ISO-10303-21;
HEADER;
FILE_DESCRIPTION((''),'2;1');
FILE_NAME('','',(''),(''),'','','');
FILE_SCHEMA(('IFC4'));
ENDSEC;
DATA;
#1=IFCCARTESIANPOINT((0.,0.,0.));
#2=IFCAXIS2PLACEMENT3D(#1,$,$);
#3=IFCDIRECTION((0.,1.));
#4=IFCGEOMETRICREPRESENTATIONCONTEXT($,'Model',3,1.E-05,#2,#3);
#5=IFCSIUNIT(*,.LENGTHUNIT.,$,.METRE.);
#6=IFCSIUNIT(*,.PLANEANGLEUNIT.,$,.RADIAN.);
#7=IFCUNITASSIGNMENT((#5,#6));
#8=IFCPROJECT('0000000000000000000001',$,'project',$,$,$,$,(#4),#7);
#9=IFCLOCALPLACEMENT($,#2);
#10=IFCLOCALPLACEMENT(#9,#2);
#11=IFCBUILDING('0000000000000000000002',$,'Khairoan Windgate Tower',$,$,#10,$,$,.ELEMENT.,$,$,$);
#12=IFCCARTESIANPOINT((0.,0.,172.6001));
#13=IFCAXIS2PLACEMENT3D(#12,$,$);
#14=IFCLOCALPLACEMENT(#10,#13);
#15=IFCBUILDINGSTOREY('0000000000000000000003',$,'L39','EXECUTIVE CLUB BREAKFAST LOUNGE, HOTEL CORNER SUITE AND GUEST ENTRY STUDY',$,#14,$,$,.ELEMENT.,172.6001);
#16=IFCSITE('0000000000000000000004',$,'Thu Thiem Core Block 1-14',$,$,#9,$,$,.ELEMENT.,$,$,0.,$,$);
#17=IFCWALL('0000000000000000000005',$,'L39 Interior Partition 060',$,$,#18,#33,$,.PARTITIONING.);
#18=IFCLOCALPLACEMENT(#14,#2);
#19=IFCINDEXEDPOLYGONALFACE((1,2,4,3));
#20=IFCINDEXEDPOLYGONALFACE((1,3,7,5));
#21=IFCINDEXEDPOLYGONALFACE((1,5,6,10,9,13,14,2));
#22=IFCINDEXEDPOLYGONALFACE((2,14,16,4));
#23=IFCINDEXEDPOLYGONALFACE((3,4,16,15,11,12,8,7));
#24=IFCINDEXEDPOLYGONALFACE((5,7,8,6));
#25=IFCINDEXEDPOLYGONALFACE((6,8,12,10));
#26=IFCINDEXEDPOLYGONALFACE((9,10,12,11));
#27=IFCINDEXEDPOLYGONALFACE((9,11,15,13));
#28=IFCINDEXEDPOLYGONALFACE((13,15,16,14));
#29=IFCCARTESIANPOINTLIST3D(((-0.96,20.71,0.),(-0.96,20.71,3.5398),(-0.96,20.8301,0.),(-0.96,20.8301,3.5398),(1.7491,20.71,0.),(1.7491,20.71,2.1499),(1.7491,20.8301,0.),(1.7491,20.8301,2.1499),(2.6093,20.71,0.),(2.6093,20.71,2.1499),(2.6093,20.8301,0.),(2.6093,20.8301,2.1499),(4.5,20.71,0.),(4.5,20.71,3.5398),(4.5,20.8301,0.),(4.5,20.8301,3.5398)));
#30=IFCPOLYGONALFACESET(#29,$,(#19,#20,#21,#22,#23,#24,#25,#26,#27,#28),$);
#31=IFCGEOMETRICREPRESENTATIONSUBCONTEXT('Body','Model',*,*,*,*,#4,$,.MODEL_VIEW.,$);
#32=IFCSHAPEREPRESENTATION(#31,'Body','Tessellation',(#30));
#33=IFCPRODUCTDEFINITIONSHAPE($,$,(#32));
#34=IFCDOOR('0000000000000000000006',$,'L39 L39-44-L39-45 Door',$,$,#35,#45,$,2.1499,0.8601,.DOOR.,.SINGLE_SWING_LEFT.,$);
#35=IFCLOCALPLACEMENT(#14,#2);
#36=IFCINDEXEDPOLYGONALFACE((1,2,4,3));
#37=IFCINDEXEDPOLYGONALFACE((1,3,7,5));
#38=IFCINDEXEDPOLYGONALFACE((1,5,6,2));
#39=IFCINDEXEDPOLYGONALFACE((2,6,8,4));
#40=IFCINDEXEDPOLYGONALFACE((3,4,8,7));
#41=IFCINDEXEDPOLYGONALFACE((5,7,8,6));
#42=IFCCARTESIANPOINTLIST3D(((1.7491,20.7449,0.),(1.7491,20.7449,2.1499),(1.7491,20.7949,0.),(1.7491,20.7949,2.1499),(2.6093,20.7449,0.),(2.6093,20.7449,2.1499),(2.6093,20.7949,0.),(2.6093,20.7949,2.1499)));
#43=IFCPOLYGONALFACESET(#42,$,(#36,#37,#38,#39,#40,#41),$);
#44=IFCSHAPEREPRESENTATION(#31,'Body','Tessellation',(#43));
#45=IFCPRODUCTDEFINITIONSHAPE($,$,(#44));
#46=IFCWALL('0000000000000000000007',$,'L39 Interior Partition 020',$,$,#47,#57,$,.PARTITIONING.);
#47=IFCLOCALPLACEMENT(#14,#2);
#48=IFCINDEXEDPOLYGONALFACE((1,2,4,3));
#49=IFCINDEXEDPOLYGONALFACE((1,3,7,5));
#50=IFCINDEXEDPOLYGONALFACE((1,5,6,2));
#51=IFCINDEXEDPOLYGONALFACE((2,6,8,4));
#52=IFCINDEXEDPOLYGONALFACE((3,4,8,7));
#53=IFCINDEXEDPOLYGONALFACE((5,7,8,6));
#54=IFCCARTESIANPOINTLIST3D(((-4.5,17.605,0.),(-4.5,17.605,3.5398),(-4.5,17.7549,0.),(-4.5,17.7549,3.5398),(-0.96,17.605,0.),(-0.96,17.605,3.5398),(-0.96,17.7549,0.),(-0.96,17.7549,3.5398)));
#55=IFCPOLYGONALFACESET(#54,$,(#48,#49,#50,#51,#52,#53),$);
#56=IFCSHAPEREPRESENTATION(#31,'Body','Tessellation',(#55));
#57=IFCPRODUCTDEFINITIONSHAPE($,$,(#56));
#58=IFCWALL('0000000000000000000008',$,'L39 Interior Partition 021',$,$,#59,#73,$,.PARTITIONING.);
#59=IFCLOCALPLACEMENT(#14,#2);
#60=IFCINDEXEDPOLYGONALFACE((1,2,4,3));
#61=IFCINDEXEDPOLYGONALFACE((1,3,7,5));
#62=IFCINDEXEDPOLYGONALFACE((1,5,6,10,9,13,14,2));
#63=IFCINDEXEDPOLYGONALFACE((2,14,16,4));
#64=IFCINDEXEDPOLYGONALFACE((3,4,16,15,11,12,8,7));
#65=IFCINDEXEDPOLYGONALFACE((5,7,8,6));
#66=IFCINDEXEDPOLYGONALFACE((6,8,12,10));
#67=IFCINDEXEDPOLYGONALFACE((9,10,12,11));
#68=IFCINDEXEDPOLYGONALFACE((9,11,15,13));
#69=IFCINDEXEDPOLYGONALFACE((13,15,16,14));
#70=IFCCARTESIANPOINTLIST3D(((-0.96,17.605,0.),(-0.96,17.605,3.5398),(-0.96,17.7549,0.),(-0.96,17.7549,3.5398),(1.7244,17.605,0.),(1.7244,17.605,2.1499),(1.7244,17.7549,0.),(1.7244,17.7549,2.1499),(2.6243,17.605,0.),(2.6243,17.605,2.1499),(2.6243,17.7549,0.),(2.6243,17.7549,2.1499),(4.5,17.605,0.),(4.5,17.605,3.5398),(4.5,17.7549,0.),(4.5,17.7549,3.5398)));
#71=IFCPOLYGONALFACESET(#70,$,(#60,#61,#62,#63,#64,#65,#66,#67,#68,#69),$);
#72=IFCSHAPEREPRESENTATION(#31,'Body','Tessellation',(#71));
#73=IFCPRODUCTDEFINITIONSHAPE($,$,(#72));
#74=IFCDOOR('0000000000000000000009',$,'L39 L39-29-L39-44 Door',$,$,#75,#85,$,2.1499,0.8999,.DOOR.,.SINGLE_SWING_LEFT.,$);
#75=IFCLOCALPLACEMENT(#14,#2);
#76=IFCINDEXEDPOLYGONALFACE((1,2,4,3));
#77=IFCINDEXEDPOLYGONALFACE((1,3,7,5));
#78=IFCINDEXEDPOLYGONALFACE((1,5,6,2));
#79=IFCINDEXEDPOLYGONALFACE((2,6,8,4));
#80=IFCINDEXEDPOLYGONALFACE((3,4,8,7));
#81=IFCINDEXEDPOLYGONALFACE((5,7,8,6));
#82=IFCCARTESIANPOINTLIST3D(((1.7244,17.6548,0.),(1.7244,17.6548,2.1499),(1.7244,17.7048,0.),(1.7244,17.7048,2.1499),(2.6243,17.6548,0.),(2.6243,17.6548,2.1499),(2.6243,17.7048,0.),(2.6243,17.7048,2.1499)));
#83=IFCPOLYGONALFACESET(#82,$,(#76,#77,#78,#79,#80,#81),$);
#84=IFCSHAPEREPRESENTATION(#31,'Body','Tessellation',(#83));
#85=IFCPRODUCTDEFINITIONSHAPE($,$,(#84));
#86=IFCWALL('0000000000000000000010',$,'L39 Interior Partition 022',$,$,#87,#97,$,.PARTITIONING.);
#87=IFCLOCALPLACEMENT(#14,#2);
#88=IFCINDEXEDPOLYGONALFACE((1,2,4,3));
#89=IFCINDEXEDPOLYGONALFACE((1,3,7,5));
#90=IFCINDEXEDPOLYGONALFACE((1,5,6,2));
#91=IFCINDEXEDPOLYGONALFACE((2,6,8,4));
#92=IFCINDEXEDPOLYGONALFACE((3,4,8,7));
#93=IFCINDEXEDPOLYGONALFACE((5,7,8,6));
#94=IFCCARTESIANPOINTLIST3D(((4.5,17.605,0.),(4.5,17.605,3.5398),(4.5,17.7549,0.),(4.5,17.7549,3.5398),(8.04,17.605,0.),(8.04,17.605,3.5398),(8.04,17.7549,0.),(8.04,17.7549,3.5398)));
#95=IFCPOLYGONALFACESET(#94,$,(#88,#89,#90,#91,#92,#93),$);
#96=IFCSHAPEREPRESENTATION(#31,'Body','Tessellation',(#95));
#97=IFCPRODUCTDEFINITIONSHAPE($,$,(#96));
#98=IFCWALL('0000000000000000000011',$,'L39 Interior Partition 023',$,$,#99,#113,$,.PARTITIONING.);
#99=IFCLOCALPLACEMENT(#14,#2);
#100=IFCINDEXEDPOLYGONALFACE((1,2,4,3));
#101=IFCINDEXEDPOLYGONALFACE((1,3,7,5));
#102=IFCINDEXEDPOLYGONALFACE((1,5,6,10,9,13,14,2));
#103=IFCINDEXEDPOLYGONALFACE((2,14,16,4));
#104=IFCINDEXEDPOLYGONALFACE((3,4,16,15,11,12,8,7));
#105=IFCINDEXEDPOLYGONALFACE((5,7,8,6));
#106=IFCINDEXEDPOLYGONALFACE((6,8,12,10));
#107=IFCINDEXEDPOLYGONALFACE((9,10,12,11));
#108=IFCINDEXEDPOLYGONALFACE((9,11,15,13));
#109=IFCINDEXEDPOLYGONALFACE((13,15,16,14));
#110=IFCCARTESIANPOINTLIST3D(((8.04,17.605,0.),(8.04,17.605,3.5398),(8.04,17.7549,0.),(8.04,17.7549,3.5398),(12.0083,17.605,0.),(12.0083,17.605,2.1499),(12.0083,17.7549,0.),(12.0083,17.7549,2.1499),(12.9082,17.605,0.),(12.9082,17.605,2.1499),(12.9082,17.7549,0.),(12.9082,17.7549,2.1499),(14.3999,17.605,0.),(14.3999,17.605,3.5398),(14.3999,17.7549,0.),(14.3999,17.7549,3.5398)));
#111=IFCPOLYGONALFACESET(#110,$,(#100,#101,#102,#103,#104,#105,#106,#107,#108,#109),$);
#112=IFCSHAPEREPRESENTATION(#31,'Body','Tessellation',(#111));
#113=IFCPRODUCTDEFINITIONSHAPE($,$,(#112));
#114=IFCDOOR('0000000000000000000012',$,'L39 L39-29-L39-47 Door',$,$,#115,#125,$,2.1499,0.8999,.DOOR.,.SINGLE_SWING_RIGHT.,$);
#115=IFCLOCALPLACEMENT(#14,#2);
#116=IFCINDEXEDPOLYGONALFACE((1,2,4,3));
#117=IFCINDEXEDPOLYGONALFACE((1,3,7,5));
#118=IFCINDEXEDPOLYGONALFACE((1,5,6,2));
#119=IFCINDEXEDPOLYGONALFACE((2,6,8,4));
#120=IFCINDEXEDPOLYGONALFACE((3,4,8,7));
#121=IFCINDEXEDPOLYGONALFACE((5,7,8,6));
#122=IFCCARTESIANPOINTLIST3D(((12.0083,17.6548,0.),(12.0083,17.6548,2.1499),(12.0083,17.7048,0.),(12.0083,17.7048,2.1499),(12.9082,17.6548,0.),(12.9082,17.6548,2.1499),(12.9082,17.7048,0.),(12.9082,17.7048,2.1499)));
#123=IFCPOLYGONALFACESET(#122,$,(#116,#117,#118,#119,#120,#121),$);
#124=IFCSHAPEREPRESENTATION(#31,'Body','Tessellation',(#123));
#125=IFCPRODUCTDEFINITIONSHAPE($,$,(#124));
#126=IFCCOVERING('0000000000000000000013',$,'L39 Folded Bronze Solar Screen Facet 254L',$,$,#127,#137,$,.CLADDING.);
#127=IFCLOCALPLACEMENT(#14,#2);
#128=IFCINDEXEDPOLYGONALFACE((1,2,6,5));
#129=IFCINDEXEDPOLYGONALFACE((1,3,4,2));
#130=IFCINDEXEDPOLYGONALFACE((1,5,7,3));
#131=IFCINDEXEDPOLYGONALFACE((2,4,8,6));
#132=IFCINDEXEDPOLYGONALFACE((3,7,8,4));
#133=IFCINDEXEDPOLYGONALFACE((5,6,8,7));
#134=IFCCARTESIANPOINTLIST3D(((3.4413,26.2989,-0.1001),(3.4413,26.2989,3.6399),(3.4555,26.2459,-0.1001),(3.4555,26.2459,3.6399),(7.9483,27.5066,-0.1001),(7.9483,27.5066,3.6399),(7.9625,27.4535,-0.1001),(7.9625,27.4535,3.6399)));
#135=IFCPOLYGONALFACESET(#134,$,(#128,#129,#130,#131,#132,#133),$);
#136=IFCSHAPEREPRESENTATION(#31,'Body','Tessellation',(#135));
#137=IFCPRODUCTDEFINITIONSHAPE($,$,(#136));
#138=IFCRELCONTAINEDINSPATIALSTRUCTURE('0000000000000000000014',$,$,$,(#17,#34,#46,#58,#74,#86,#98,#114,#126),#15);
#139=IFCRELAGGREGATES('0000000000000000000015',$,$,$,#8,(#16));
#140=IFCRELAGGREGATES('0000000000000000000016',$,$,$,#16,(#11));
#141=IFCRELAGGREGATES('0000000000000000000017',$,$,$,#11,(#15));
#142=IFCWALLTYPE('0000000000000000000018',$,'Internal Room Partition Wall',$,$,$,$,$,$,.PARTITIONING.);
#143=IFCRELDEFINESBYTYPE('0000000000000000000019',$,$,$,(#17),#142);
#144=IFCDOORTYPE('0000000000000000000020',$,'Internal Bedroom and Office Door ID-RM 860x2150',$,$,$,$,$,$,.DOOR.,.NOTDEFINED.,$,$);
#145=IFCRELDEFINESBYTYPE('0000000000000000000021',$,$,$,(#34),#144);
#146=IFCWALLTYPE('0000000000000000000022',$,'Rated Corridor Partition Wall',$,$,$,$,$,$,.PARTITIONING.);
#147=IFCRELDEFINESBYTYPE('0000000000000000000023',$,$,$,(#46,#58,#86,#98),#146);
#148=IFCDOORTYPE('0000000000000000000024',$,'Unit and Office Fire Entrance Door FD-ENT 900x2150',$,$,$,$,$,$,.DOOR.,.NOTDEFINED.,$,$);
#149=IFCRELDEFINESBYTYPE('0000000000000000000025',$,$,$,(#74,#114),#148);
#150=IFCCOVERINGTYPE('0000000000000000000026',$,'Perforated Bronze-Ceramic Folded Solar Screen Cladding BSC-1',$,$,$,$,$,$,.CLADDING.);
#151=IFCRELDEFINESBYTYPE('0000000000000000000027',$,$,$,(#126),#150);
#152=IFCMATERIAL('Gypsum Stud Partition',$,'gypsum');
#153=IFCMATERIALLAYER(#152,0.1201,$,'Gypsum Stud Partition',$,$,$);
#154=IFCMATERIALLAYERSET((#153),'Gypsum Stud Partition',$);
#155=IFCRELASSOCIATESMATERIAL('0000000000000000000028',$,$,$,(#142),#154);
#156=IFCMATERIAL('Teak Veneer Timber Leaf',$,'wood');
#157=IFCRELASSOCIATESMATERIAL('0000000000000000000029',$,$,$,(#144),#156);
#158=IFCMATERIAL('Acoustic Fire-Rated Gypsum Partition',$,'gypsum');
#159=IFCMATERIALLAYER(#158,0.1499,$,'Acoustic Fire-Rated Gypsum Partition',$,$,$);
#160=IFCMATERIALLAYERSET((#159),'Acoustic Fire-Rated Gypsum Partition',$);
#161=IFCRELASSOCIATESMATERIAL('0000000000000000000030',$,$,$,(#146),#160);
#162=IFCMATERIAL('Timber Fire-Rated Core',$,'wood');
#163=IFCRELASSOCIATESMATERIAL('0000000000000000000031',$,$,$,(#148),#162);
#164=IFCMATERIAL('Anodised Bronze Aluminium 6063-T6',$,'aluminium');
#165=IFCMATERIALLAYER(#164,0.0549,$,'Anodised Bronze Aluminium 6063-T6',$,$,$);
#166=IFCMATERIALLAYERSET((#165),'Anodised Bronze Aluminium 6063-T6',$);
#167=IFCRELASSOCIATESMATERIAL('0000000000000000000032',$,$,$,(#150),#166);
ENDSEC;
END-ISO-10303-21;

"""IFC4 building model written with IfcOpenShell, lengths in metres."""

from ifc_helpers import new_model, si_unit, direction, frame, frame_2d, origin, origin_2d, place, context, subcontext, project, spatial, rectangle, extrude, material, layer, layer_set, type_object, element, fill, save


model = new_model("IFC4")

# Units and contexts
model_context = context("Model", 3, precision=1e-05, world=origin(), true_north=direction((0.0, 1.0)))
body_context = subcontext(model_context, "Body", "Model", "MODEL_VIEW")
ifc_project = project(units=[si_unit("LENGTHUNIT", "METRE"), si_unit("PLANEANGLEUNIT", "RADIAN")], contexts=[model_context])

# Site, building, storey
site_placement = place(None, origin())
site = spatial("IfcSite", under=ifc_project, at=site_placement, Name="Thu Thiem Core Block 1-14", CompositionType="ELEMENT", RefElevation=0.0)
building_placement = place(site_placement, origin())
building = spatial("IfcBuilding", under=site, at=building_placement, Name="Khairoan Windgate Tower", CompositionType="ELEMENT")
storey_placement = place(building_placement, frame((0.0, 0.0, 172.6001)))
storey = spatial("IfcBuildingStorey", under=building, at=storey_placement, Name="L39", Description="EXECUTIVE CLUB BREAKFAST LOUNGE, HOTEL CORNER SUITE AND GUEST ENTRY STUDY", CompositionType="ELEMENT", Elevation=172.6001)

# Wall, opening, door
ifc_material_1 = material(Name="Gypsum Stud Partition", Category="gypsum")
ifc_layer_1 = layer(ifc_material_1, 0.1201, Name="Gypsum Stud Partition")
ifc_layer_set_1 = layer_set([ifc_layer_1], Name="Gypsum Stud Partition")
wall_type_1 = type_object("IfcWallType", Name="Internal Room Partition Wall", PredefinedType="PARTITIONING", material=ifc_layer_set_1)
wall_1_placement = place(storey_placement, frame((-0.96, 20.77, 0.0), z_axis=(0.0, 0.0, 1.0), x_axis=(1.0, 0.0, 0.0)))
wall_1 = element("IfcWall", 1, at=wall_1_placement, inside=storey, type_object=wall_type_1, Name="L39 Interior Partition 060", PredefinedType="PARTITIONING", context=body_context, shape_type="SweptSolid", body=[
    extrude(rectangle(XDim=5.46, YDim=0.1201, at=frame_2d((2.73, 0.0))), origin(), (0.0, 0.0, 1.0), 3.5398),
])
opening_1_placement = place(wall_1_placement, frame((2.709, 0.0, 0.0)))
opening_1 = element("IfcOpeningElement", 2, at=opening_1_placement, cuts=wall_1, PredefinedType="OPENING", context=body_context, shape_type="SweptSolid", body=[
    extrude(rectangle(XDim=0.8601, YDim=2.1499, at=frame_2d((0.4302, 1.075))), frame((0.0, 0.0701, 0.0), z_axis=(0.0, -1.0, 0.0), x_axis=(1.0, 0.0, 0.0)), (0.0, 0.0, 1.0), 0.1401),
])
ifc_material_2 = material(Name="Teak Veneer Timber Leaf", Category="wood")
door_type_1 = type_object("IfcDoorType", Name="Internal Bedroom and Office Door ID-RM 860x2150", OperationType="NOTDEFINED", PredefinedType="DOOR", material=ifc_material_2)
door_1_placement = place(opening_1_placement, origin())
door_1 = element("IfcDoor", 3, at=door_1_placement, inside=storey, type_object=door_type_1, Name="L39 L39-44-L39-45 Door", OperationType="SINGLE_SWING_LEFT", OverallHeight=2.1499, OverallWidth=0.8601, PredefinedType="DOOR", context=body_context, shape_type="SweptSolid", body=[
    extrude(rectangle(XDim=0.8601, YDim=2.1499, at=frame_2d((0.4302, 1.075))), frame((0.0, 0.0249, 0.0), z_axis=(0.0, -1.0, 0.0), x_axis=(1.0, 0.0, 0.0)), (0.0, 0.0, 1.0), 0.05),
])
fill(opening_1, door_1)

# Wall
ifc_material_3 = material(Name="Acoustic Fire-Rated Gypsum Partition", Category="gypsum")
ifc_layer_2 = layer(ifc_material_3, 0.1499, Name="Acoustic Fire-Rated Gypsum Partition")
ifc_layer_set_2 = layer_set([ifc_layer_2], Name="Acoustic Fire-Rated Gypsum Partition")
wall_type_2 = type_object("IfcWallType", Name="Rated Corridor Partition Wall", PredefinedType="PARTITIONING", material=ifc_layer_set_2)
wall_2_placement = place(storey_placement, frame((-4.5, 17.6799, 0.0), z_axis=(0.0, 0.0, 1.0), x_axis=(1.0, 0.0, 0.0)))
element("IfcWall", 4, at=wall_2_placement, inside=storey, type_object=wall_type_2, Name="L39 Interior Partition 020", PredefinedType="PARTITIONING", context=body_context, shape_type="SweptSolid", body=[
    extrude(rectangle(XDim=3.54, YDim=0.1499, at=frame_2d((1.77, 0.0))), origin(), (0.0, 0.0, 1.0), 3.5398),
])

# Wall, opening, door
wall_3_placement = place(storey_placement, frame((-0.96, 17.6799, 0.0), z_axis=(0.0, 0.0, 1.0), x_axis=(1.0, 0.0, 0.0)))
wall_3 = element("IfcWall", 5, at=wall_3_placement, inside=storey, type_object=wall_type_2, Name="L39 Interior Partition 021", PredefinedType="PARTITIONING", context=body_context, shape_type="SweptSolid", body=[
    extrude(rectangle(XDim=5.46, YDim=0.1499, at=frame_2d((2.73, 0.0))), origin(), (0.0, 0.0, 1.0), 3.5398),
])
opening_2_placement = place(wall_3_placement, frame((2.6843, 0.0, 0.0)))
opening_2 = element("IfcOpeningElement", 6, at=opening_2_placement, cuts=wall_3, PredefinedType="OPENING", context=body_context, shape_type="SweptSolid", body=[
    extrude(rectangle(XDim=0.8999, YDim=2.1499, at=frame_2d((0.45, 1.075))), frame((0.0, 0.085, 0.0), z_axis=(0.0, -1.0, 0.0), x_axis=(1.0, 0.0, 0.0)), (0.0, 0.0, 1.0), 0.1699),
])
ifc_material_4 = material(Name="Timber Fire-Rated Core", Category="wood")
door_type_2 = type_object("IfcDoorType", Name="Unit and Office Fire Entrance Door FD-ENT 900x2150", OperationType="NOTDEFINED", PredefinedType="DOOR", material=ifc_material_4)
door_2_placement = place(opening_2_placement, origin())
door_2 = element("IfcDoor", 7, at=door_2_placement, inside=storey, type_object=door_type_2, Name="L39 L39-29-L39-44 Door", OperationType="SINGLE_SWING_LEFT", OverallHeight=2.1499, OverallWidth=0.8999, PredefinedType="DOOR", context=body_context, shape_type="SweptSolid", body=[
    extrude(rectangle(XDim=0.8999, YDim=2.1499, at=frame_2d((0.45, 1.075))), frame((0.0, 0.0249, 0.0), z_axis=(0.0, -1.0, 0.0), x_axis=(1.0, 0.0, 0.0)), (0.0, 0.0, 1.0), 0.05),
])
fill(opening_2, door_2)

# Wall
wall_4_placement = place(storey_placement, frame((4.5, 17.6799, 0.0), z_axis=(0.0, 0.0, 1.0), x_axis=(1.0, 0.0, 0.0)))
element("IfcWall", 8, at=wall_4_placement, inside=storey, type_object=wall_type_2, Name="L39 Interior Partition 022", PredefinedType="PARTITIONING", context=body_context, shape_type="SweptSolid", body=[
    extrude(rectangle(XDim=3.54, YDim=0.1499, at=frame_2d((1.77, 0.0))), origin(), (0.0, 0.0, 1.0), 3.5398),
])

# Wall, opening, door
wall_5_placement = place(storey_placement, frame((8.04, 17.6799, 0.0), z_axis=(0.0, 0.0, 1.0), x_axis=(1.0, 0.0, 0.0)))
wall_5 = element("IfcWall", 9, at=wall_5_placement, inside=storey, type_object=wall_type_2, Name="L39 Interior Partition 023", PredefinedType="PARTITIONING", context=body_context, shape_type="SweptSolid", body=[
    extrude(rectangle(XDim=6.3599, YDim=0.1499, at=frame_2d((3.1799, 0.0))), origin(), (0.0, 0.0, 1.0), 3.5398),
])
opening_3_placement = place(wall_5_placement, frame((3.9683, 0.0, 0.0)))
opening_3 = element("IfcOpeningElement", 10, at=opening_3_placement, cuts=wall_5, PredefinedType="OPENING", context=body_context, shape_type="SweptSolid", body=[
    extrude(rectangle(XDim=0.8999, YDim=2.1499, at=frame_2d((0.45, 1.075))), frame((0.0, 0.085, 0.0), z_axis=(0.0, -1.0, 0.0), x_axis=(1.0, 0.0, 0.0)), (0.0, 0.0, 1.0), 0.1699),
])
door_3_placement = place(opening_3_placement, origin())
door_3 = element("IfcDoor", 11, at=door_3_placement, inside=storey, type_object=door_type_2, Name="L39 L39-29-L39-47 Door", OperationType="SINGLE_SWING_RIGHT", OverallHeight=2.1499, OverallWidth=0.8999, PredefinedType="DOOR", context=body_context, shape_type="SweptSolid", body=[
    extrude(rectangle(XDim=0.8999, YDim=2.1499, at=frame_2d((0.45, 1.075))), frame((0.0, 0.0249, 0.0), z_axis=(0.0, -1.0, 0.0), x_axis=(1.0, 0.0, 0.0)), (0.0, 0.0, 1.0), 0.05),
])
fill(opening_3, door_3)

# Covering
ifc_material_5 = material(Name="Anodised Bronze Aluminium 6063-T6", Category="aluminium")
ifc_layer_3 = layer(ifc_material_5, 0.0549, Name="Anodised Bronze Aluminium 6063-T6")
ifc_layer_set_3 = layer_set([ifc_layer_3], Name="Anodised Bronze Aluminium 6063-T6")
covering_type = type_object("IfcCoveringType", Name="Perforated Bronze-Ceramic Folded Solar Screen Cladding BSC-1", PredefinedType="CLADDING", material=ifc_layer_set_3)
covering_placement = place(storey_placement, frame((5.7019, 26.8762, -0.1001), z_axis=(0.0, 0.0, 1.0), x_axis=(0.965926, 0.258819, 0.0)))
element("IfcCovering", 12, at=covering_placement, inside=storey, type_object=covering_type, Name="L39 Folded Bronze Solar Screen Facet 254L", PredefinedType="CLADDING", context=body_context, shape_type="SweptSolid", body=[
    extrude(rectangle(XDim=4.666, YDim=0.0549, at=origin_2d()), origin(), (0.0, 0.0, 1.0), 3.74),
])

save(model, "model.ifc")
